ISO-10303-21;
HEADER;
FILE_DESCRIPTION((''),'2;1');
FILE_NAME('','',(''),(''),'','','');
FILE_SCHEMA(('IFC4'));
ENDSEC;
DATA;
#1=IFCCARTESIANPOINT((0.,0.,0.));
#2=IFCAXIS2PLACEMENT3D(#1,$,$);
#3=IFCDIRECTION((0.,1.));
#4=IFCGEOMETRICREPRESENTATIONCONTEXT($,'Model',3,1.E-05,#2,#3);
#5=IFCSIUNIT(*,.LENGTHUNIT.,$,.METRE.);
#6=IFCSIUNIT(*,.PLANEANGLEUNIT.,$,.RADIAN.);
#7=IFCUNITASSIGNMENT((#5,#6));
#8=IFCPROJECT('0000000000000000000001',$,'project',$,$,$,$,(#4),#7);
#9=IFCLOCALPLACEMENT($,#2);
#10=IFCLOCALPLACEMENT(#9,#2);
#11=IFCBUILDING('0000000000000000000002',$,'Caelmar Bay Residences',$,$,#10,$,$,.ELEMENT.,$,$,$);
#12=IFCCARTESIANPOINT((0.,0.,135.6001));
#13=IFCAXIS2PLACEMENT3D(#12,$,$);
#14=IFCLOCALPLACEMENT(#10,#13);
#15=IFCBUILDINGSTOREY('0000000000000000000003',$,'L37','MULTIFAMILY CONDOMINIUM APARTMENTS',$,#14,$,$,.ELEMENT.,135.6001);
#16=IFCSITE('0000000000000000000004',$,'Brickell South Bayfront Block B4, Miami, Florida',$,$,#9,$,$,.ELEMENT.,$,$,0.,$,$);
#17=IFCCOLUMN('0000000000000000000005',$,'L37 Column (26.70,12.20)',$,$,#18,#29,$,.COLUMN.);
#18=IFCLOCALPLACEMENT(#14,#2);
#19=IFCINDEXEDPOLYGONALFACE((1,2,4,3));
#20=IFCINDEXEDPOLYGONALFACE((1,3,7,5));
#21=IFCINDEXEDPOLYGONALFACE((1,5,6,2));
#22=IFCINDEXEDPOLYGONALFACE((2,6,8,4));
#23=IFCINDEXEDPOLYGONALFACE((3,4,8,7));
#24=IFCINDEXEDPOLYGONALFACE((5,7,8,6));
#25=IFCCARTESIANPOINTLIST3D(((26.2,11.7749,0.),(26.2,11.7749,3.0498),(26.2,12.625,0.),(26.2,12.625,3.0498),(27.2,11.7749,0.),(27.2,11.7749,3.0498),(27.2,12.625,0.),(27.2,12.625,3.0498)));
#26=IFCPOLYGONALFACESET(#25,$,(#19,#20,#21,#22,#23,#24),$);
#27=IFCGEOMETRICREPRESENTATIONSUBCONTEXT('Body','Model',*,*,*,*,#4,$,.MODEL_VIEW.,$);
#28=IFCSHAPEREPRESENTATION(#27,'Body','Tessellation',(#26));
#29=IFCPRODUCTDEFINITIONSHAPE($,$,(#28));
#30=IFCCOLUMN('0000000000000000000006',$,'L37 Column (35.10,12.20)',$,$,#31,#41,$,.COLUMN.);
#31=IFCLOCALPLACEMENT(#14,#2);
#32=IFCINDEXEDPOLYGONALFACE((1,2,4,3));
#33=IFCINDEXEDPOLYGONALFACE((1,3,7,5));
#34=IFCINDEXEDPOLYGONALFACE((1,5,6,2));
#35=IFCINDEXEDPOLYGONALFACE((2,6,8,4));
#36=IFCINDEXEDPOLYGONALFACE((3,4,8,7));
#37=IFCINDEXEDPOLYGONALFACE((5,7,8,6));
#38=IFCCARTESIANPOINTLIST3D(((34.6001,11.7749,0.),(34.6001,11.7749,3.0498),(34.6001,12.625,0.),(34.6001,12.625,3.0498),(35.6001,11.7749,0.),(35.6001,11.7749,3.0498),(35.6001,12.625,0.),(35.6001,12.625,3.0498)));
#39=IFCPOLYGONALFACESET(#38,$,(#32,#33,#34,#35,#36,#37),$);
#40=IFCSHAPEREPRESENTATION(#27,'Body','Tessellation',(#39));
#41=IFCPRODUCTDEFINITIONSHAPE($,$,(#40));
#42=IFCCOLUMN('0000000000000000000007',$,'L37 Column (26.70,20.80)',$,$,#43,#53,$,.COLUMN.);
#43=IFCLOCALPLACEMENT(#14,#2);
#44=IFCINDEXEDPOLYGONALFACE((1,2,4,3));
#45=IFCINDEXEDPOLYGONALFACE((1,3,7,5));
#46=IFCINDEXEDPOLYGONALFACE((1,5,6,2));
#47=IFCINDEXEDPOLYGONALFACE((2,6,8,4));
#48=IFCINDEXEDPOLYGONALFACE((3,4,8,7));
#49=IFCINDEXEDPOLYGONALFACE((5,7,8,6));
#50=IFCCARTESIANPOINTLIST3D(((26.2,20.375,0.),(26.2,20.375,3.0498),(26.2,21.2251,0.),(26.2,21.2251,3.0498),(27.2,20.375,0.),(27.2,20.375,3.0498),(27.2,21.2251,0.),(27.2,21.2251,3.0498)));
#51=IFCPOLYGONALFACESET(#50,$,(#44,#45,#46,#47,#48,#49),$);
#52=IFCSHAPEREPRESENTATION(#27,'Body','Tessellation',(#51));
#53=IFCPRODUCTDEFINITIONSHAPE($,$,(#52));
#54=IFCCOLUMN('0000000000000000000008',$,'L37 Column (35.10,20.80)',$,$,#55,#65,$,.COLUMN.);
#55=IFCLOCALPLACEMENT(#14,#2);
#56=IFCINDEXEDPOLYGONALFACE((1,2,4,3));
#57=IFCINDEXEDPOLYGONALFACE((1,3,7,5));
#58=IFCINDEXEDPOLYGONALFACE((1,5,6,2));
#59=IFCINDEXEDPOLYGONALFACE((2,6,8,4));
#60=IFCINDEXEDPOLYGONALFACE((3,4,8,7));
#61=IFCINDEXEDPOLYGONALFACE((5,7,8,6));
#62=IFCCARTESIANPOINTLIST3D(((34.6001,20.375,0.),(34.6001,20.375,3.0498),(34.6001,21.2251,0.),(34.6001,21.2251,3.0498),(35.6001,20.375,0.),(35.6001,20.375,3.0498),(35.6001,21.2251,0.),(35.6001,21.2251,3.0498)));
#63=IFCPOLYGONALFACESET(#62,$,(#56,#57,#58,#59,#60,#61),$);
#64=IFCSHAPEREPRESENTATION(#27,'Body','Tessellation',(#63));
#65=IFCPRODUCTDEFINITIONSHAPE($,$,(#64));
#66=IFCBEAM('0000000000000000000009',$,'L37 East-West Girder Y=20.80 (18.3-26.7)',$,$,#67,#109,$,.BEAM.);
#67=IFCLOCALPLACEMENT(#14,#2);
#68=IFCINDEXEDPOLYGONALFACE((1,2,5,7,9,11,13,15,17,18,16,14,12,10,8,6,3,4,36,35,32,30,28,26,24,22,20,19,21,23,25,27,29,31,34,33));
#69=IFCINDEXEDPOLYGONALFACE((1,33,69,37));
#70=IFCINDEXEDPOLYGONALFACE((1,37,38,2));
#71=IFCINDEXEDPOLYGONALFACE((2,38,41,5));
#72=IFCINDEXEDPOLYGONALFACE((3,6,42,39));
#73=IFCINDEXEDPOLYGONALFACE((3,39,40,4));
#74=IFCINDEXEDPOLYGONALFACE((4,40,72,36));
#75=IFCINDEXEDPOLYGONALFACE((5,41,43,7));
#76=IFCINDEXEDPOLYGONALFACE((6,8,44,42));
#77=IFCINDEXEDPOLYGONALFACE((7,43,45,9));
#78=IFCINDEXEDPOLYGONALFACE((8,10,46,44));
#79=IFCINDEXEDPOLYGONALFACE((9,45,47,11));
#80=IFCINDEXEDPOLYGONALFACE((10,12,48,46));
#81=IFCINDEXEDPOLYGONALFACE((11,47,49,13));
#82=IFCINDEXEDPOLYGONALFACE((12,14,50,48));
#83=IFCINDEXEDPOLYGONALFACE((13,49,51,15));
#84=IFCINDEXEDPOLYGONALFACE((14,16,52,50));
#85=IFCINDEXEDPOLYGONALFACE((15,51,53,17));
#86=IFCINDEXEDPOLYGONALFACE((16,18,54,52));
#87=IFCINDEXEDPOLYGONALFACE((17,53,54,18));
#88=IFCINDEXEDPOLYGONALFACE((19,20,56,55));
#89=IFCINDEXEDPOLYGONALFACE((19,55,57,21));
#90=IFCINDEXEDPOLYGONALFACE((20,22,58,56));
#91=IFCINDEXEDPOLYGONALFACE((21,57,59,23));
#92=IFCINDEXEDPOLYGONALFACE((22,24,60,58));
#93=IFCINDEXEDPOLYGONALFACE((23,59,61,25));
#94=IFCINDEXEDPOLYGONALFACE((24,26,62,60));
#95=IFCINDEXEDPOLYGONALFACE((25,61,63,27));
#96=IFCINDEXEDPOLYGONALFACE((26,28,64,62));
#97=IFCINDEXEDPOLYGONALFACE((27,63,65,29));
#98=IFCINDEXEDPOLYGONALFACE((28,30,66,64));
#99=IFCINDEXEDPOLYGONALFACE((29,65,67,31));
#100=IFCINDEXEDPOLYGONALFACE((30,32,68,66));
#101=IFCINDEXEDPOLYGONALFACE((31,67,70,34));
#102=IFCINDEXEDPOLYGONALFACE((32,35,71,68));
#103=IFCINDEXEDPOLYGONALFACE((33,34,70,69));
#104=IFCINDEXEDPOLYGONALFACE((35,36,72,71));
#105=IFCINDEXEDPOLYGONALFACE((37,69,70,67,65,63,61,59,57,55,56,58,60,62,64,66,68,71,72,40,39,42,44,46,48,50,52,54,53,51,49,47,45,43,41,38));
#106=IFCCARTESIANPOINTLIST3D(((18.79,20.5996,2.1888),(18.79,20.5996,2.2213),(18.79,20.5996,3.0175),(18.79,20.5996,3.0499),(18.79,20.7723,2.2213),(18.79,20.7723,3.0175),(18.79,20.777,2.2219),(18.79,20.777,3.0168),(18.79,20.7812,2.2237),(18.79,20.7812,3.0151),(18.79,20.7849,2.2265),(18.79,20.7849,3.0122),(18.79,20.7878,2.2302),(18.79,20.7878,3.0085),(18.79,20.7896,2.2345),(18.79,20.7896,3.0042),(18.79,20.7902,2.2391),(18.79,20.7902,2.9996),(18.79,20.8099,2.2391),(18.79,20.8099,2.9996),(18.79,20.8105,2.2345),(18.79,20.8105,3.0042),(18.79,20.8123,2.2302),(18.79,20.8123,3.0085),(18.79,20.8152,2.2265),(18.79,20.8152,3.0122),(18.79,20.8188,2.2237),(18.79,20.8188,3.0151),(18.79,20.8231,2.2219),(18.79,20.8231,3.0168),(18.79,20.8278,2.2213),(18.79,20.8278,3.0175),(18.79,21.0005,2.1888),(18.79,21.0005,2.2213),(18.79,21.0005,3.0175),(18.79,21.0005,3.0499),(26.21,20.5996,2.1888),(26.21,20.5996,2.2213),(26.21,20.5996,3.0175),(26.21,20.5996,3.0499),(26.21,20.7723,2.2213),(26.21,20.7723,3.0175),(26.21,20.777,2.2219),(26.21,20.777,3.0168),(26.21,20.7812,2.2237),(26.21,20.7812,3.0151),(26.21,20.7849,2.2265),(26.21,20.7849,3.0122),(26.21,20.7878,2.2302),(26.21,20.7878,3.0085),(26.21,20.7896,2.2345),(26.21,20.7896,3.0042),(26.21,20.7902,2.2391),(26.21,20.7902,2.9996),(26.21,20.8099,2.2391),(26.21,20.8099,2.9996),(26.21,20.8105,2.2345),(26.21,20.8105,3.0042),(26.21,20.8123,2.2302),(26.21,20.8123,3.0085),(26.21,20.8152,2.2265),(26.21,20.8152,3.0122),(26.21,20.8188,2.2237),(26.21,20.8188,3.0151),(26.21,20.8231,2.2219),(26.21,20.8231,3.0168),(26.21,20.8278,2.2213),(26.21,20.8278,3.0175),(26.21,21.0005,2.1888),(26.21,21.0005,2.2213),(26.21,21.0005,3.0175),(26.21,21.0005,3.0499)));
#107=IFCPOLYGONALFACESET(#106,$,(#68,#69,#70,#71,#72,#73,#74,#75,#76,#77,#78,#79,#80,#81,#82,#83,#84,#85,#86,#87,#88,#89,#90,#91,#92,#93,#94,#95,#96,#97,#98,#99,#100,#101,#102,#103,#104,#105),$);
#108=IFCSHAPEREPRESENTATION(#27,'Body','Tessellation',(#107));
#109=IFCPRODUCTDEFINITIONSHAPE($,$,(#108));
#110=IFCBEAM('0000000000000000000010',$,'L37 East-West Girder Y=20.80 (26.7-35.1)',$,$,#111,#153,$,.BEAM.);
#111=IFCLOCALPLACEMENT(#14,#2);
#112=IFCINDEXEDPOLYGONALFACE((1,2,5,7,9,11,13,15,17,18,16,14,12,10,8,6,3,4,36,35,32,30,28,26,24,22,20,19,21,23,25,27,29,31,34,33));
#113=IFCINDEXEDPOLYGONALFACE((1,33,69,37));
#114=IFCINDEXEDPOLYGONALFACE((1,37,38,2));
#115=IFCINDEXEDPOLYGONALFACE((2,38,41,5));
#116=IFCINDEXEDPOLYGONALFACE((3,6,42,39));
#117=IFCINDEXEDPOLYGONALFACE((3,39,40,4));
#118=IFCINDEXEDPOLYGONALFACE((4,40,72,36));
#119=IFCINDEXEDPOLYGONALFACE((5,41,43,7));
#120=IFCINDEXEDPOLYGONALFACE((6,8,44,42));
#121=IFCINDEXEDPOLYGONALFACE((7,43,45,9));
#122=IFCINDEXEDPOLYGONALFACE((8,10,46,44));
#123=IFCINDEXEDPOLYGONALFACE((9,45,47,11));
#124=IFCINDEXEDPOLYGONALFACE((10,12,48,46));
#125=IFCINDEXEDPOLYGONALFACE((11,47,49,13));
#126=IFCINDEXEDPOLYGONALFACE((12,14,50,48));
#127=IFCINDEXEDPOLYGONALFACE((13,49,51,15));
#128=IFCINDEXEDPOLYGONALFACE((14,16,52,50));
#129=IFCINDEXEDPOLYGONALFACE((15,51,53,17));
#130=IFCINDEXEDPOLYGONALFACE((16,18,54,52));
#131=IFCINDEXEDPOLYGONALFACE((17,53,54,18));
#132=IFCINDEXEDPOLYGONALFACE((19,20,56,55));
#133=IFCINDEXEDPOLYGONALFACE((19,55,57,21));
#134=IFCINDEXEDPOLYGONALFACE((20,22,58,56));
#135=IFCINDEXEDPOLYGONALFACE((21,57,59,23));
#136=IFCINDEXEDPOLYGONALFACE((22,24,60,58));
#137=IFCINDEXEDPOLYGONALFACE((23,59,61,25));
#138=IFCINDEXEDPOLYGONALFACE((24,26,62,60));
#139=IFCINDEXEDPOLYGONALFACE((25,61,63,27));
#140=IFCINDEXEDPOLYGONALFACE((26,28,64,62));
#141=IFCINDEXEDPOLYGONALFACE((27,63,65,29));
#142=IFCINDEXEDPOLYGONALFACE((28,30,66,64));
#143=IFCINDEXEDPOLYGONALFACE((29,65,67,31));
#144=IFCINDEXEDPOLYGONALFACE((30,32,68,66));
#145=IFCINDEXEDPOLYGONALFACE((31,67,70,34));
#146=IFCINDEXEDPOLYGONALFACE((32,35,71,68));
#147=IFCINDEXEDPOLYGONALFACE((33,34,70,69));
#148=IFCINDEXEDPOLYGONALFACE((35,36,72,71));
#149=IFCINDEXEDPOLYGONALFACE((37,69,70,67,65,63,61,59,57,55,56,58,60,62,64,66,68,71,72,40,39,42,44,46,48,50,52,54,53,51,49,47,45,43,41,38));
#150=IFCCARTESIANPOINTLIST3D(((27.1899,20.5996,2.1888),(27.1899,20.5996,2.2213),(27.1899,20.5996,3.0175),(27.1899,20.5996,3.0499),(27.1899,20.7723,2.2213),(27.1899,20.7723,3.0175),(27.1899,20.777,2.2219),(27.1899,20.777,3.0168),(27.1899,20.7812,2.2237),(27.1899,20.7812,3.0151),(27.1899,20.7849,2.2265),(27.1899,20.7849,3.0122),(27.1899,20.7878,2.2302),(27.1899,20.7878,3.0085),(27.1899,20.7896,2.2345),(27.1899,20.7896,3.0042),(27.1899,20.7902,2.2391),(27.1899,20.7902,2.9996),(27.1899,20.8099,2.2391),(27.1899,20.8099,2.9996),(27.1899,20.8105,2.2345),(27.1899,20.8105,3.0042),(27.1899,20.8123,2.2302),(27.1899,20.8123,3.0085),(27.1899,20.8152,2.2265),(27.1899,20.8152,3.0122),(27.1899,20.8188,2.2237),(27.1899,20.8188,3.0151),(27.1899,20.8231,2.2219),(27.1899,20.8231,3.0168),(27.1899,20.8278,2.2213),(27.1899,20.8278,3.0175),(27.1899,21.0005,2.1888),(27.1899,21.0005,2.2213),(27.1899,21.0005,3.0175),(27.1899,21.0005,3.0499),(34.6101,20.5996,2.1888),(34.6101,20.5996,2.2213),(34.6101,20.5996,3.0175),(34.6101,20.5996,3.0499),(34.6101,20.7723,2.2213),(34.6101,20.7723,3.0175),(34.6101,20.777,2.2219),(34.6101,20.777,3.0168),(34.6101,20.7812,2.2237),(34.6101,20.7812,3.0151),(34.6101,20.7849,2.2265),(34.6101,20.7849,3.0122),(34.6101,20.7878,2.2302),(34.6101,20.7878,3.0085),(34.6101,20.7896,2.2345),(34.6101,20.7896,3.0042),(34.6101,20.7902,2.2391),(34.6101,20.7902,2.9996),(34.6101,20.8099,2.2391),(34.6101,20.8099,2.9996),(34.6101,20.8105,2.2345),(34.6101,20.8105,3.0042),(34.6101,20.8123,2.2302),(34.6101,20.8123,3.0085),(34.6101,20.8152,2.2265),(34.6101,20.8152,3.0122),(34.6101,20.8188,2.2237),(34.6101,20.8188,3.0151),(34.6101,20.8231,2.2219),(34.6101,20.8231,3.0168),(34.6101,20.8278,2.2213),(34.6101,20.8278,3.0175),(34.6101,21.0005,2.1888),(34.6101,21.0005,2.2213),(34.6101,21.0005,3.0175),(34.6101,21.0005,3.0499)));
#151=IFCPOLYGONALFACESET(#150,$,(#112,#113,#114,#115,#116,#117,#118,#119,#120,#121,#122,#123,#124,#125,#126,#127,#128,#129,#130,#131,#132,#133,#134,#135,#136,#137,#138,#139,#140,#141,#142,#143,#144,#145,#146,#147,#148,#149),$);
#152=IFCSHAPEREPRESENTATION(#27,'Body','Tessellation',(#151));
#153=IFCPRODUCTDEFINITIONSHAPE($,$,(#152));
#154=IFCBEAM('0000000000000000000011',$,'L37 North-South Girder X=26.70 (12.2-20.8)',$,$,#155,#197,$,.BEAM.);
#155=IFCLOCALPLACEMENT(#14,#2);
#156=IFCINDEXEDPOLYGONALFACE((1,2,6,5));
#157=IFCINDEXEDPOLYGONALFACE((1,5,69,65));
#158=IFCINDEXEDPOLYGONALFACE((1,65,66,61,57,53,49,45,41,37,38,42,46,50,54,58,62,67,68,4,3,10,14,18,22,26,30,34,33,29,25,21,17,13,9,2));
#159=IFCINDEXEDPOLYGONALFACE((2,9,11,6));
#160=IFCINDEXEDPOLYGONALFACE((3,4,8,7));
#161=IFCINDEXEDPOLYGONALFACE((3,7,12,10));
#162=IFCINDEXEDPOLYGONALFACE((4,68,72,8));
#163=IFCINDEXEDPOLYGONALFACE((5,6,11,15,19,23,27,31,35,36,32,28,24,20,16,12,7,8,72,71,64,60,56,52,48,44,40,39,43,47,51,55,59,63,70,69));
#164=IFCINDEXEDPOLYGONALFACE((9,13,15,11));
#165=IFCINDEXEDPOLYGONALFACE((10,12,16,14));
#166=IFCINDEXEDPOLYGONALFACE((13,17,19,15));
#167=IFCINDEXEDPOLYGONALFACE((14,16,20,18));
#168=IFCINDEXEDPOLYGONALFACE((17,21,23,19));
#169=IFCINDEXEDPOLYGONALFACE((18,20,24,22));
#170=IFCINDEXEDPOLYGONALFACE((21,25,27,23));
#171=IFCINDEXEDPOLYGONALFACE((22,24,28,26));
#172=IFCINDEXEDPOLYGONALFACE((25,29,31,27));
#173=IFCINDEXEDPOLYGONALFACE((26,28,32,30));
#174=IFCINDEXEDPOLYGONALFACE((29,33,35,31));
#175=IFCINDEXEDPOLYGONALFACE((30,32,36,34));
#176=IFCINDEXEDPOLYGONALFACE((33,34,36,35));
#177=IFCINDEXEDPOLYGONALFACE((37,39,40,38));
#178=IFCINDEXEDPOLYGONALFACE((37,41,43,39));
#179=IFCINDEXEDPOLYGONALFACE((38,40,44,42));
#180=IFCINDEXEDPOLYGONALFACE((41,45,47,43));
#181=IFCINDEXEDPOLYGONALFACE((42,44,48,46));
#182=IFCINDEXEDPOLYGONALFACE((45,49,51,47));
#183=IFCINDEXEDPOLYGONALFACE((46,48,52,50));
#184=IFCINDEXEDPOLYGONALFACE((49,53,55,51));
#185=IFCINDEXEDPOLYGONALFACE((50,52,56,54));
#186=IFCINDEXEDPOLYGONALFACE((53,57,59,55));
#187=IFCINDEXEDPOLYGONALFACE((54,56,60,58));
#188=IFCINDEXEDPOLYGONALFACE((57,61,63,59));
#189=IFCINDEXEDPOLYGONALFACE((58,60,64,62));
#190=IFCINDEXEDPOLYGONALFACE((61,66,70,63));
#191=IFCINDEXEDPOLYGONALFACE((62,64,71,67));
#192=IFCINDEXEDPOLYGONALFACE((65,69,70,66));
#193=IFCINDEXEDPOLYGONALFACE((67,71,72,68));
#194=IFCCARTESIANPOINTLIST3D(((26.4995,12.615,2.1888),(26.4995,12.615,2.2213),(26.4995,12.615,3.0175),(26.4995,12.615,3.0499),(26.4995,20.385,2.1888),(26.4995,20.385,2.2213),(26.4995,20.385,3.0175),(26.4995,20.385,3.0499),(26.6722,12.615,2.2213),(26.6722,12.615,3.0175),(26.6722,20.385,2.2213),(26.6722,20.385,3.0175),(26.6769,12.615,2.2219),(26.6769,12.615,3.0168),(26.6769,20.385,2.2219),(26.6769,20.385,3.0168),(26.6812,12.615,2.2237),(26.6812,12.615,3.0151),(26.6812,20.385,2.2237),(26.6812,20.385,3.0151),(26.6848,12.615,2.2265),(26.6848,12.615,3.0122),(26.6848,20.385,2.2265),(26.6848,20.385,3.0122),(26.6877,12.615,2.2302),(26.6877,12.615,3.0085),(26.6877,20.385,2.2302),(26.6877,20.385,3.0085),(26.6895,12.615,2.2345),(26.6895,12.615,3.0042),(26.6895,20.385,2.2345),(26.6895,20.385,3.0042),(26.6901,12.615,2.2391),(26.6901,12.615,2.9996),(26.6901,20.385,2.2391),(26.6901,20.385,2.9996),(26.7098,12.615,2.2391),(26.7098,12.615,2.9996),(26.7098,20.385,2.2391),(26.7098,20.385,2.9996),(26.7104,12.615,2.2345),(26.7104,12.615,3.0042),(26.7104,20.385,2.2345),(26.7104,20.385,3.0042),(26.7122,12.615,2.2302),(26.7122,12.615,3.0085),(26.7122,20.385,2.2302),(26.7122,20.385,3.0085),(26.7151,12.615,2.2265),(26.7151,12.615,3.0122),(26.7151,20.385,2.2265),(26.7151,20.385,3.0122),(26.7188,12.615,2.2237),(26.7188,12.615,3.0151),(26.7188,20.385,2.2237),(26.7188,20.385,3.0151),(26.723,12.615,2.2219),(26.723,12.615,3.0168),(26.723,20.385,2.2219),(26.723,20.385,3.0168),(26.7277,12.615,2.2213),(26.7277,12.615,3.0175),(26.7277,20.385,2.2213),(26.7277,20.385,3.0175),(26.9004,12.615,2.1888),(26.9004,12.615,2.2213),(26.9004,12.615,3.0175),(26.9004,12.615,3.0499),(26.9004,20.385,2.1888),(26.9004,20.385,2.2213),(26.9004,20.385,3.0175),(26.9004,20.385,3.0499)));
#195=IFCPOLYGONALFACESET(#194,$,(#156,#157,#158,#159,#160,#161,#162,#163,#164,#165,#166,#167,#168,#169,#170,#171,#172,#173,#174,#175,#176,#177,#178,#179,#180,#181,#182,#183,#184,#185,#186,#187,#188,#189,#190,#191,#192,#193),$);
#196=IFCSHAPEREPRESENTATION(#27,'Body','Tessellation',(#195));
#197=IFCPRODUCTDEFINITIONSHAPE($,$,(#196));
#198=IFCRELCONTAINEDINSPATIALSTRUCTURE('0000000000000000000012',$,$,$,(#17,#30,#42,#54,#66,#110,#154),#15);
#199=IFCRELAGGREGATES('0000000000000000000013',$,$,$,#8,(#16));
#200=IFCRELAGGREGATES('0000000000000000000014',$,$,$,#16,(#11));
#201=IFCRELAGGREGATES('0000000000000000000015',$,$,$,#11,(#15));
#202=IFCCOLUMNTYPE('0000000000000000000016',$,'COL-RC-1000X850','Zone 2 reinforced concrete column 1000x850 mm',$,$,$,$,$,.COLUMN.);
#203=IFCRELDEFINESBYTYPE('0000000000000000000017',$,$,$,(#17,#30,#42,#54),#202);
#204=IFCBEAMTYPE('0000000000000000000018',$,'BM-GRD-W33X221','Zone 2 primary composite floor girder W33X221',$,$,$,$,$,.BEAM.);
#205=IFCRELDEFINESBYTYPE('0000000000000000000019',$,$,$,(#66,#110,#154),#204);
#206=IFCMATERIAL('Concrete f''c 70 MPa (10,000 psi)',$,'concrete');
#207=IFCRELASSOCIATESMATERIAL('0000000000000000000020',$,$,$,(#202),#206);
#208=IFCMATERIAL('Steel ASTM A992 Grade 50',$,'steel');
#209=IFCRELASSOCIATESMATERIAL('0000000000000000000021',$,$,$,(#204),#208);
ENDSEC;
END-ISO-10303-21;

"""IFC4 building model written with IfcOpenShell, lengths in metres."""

from ifc_helpers import new_model, si_unit, direction, frame, origin, origin_2d, place, context, subcontext, project, spatial, rectangle, i_section, extrude, material, material_profile, profile_set, type_object, element, save


model = new_model("IFC4")

# Units and contexts
model_context = context("Model", 3, precision=1e-05, world=origin(), true_north=direction((0.0, 1.0)))
body_context = subcontext(model_context, "Body", "Model", "MODEL_VIEW")
ifc_project = project(units=[si_unit("LENGTHUNIT", "METRE"), si_unit("PLANEANGLEUNIT", "RADIAN")], contexts=[model_context])

# Site, building, storey
site_placement = place(None, origin())
site = spatial("IfcSite", under=ifc_project, at=site_placement, Name="Brickell South Bayfront Block B4, Miami, Florida", CompositionType="ELEMENT", RefElevation=0.0)
building_placement = place(site_placement, origin())
building = spatial("IfcBuilding", under=site, at=building_placement, Name="Caelmar Bay Residences", CompositionType="ELEMENT")
storey_placement = place(building_placement, frame((0.0, 0.0, 135.6001)))
storey = spatial("IfcBuildingStorey", under=building, at=storey_placement, Name="L37", Description="MULTIFAMILY CONDOMINIUM APARTMENTS", CompositionType="ELEMENT", Elevation=135.6001)

# Columns
ifc_material_1 = material(Name="Concrete f'c 70 MPa (10,000 psi)", Category="concrete")
ifc_material_profile_1 = material_profile(ifc_material_1, rectangle(XDim=1.0, YDim=0.8501, at=origin_2d()), Name="RC-COL-1000X850")
ifc_profile_set_1 = profile_set([ifc_material_profile_1], Name="Concrete f'c 70 MPa (10,000 psi)")
column_type = type_object("IfcColumnType", Name="COL-RC-1000X850", Description="Zone 2 reinforced concrete column 1000x850 mm", PredefinedType="COLUMN", material=ifc_profile_set_1)
for number, where, z_axis, x_axis, name in (
    (1, (26.7, 12.2, 0.0), (0.0, 0.0, 1.0), (1.0, 0.0, 0.0), "L37 Column (26.70,12.20)"),
    (2, (35.1001, 12.2, 0.0), (0.0, 0.0, 1.0), (1.0, 0.0, 0.0), "L37 Column (35.10,12.20)"),
    (3, (26.7, 20.8, 0.0), (0.0, 0.0, 1.0), (1.0, 0.0, 0.0), "L37 Column (26.70,20.80)"),
    (4, (35.1001, 20.8, 0.0), (0.0, 0.0, 1.0), (1.0, 0.0, 0.0), "L37 Column (35.10,20.80)"),
):
    element("IfcColumn", number, at=place(storey_placement, frame(where, z_axis=z_axis, x_axis=x_axis)), inside=storey, type_object=column_type, Name=name, PredefinedType="COLUMN", context=body_context, shape_type="SweptSolid", body=[
        extrude(rectangle(XDim=1.0, YDim=0.8501, at=origin_2d()), origin(), (0.0, 0.0, 1.0), 3.0498),
    ])

# Beams
ifc_material_2 = material(Name="Steel ASTM A992 Grade 50", Category="steel")
ifc_material_profile_2 = material_profile(ifc_material_2, i_section(OverallWidth=0.4009, OverallDepth=0.8611, WebThickness=0.0198, FlangeThickness=0.0325, FilletRadius=0.0178, at=origin_2d()), Name="W33X221")
ifc_profile_set_2 = profile_set([ifc_material_profile_2], Name="Steel ASTM A992 Grade 50")
beam_type_1 = type_object("IfcBeamType", Name="BM-GRD-W33X221", Description="Zone 2 primary composite floor girder W33X221", PredefinedType="BEAM", material=ifc_profile_set_2)
beam_1_placement = place(storey_placement, frame((18.79, 20.8, 2.6194), z_axis=(1.0, 0.0, 0.0), x_axis=(0.0, 1.0, 0.0)))
element("IfcBeam", 5, at=beam_1_placement, inside=storey, type_object=beam_type_1, Name="L37 East-West Girder Y=20.80 (18.3-26.7)", PredefinedType="BEAM", context=body_context, shape_type="SweptSolid", body=[
    extrude(i_section(OverallWidth=0.4009, OverallDepth=0.8611, WebThickness=0.0198, FlangeThickness=0.0325, FilletRadius=0.0178, at=origin_2d()), origin(), (0.0, 0.0, 1.0), 7.4199),
])
beam_2_placement = place(storey_placement, frame((27.1899, 20.8, 2.6194), z_axis=(1.0, 0.0, 0.0), x_axis=(0.0, 1.0, 0.0)))
element("IfcBeam", 6, at=beam_2_placement, inside=storey, type_object=beam_type_1, Name="L37 East-West Girder Y=20.80 (26.7-35.1)", PredefinedType="BEAM", context=body_context, shape_type="SweptSolid", body=[
    extrude(i_section(OverallWidth=0.4009, OverallDepth=0.8611, WebThickness=0.0198, FlangeThickness=0.0325, FilletRadius=0.0178, at=origin_2d()), origin(), (0.0, 0.0, 1.0), 7.4202),
])
for number, where, z_axis, x_axis, name in (
    (7, (26.7, 12.615, 2.6194), (0.0, 1.0, 0.0), (-1.0, 0.0, 0.0), "L37 North-South Girder X=26.70 (12.2-20.8)"),
):
    element("IfcBeam", number, at=place(storey_placement, frame(where, z_axis=z_axis, x_axis=x_axis)), inside=storey, type_object=beam_type_1, Name=name, PredefinedType="BEAM", context=body_context, shape_type="SweptSolid", body=[
        extrude(i_section(OverallWidth=0.4009, OverallDepth=0.8611, WebThickness=0.0198, FlangeThickness=0.0325, FilletRadius=0.0178, at=origin_2d()), origin(), (0.0, 0.0, 1.0), 7.77),
    ])

save(model, "model.ifc")
